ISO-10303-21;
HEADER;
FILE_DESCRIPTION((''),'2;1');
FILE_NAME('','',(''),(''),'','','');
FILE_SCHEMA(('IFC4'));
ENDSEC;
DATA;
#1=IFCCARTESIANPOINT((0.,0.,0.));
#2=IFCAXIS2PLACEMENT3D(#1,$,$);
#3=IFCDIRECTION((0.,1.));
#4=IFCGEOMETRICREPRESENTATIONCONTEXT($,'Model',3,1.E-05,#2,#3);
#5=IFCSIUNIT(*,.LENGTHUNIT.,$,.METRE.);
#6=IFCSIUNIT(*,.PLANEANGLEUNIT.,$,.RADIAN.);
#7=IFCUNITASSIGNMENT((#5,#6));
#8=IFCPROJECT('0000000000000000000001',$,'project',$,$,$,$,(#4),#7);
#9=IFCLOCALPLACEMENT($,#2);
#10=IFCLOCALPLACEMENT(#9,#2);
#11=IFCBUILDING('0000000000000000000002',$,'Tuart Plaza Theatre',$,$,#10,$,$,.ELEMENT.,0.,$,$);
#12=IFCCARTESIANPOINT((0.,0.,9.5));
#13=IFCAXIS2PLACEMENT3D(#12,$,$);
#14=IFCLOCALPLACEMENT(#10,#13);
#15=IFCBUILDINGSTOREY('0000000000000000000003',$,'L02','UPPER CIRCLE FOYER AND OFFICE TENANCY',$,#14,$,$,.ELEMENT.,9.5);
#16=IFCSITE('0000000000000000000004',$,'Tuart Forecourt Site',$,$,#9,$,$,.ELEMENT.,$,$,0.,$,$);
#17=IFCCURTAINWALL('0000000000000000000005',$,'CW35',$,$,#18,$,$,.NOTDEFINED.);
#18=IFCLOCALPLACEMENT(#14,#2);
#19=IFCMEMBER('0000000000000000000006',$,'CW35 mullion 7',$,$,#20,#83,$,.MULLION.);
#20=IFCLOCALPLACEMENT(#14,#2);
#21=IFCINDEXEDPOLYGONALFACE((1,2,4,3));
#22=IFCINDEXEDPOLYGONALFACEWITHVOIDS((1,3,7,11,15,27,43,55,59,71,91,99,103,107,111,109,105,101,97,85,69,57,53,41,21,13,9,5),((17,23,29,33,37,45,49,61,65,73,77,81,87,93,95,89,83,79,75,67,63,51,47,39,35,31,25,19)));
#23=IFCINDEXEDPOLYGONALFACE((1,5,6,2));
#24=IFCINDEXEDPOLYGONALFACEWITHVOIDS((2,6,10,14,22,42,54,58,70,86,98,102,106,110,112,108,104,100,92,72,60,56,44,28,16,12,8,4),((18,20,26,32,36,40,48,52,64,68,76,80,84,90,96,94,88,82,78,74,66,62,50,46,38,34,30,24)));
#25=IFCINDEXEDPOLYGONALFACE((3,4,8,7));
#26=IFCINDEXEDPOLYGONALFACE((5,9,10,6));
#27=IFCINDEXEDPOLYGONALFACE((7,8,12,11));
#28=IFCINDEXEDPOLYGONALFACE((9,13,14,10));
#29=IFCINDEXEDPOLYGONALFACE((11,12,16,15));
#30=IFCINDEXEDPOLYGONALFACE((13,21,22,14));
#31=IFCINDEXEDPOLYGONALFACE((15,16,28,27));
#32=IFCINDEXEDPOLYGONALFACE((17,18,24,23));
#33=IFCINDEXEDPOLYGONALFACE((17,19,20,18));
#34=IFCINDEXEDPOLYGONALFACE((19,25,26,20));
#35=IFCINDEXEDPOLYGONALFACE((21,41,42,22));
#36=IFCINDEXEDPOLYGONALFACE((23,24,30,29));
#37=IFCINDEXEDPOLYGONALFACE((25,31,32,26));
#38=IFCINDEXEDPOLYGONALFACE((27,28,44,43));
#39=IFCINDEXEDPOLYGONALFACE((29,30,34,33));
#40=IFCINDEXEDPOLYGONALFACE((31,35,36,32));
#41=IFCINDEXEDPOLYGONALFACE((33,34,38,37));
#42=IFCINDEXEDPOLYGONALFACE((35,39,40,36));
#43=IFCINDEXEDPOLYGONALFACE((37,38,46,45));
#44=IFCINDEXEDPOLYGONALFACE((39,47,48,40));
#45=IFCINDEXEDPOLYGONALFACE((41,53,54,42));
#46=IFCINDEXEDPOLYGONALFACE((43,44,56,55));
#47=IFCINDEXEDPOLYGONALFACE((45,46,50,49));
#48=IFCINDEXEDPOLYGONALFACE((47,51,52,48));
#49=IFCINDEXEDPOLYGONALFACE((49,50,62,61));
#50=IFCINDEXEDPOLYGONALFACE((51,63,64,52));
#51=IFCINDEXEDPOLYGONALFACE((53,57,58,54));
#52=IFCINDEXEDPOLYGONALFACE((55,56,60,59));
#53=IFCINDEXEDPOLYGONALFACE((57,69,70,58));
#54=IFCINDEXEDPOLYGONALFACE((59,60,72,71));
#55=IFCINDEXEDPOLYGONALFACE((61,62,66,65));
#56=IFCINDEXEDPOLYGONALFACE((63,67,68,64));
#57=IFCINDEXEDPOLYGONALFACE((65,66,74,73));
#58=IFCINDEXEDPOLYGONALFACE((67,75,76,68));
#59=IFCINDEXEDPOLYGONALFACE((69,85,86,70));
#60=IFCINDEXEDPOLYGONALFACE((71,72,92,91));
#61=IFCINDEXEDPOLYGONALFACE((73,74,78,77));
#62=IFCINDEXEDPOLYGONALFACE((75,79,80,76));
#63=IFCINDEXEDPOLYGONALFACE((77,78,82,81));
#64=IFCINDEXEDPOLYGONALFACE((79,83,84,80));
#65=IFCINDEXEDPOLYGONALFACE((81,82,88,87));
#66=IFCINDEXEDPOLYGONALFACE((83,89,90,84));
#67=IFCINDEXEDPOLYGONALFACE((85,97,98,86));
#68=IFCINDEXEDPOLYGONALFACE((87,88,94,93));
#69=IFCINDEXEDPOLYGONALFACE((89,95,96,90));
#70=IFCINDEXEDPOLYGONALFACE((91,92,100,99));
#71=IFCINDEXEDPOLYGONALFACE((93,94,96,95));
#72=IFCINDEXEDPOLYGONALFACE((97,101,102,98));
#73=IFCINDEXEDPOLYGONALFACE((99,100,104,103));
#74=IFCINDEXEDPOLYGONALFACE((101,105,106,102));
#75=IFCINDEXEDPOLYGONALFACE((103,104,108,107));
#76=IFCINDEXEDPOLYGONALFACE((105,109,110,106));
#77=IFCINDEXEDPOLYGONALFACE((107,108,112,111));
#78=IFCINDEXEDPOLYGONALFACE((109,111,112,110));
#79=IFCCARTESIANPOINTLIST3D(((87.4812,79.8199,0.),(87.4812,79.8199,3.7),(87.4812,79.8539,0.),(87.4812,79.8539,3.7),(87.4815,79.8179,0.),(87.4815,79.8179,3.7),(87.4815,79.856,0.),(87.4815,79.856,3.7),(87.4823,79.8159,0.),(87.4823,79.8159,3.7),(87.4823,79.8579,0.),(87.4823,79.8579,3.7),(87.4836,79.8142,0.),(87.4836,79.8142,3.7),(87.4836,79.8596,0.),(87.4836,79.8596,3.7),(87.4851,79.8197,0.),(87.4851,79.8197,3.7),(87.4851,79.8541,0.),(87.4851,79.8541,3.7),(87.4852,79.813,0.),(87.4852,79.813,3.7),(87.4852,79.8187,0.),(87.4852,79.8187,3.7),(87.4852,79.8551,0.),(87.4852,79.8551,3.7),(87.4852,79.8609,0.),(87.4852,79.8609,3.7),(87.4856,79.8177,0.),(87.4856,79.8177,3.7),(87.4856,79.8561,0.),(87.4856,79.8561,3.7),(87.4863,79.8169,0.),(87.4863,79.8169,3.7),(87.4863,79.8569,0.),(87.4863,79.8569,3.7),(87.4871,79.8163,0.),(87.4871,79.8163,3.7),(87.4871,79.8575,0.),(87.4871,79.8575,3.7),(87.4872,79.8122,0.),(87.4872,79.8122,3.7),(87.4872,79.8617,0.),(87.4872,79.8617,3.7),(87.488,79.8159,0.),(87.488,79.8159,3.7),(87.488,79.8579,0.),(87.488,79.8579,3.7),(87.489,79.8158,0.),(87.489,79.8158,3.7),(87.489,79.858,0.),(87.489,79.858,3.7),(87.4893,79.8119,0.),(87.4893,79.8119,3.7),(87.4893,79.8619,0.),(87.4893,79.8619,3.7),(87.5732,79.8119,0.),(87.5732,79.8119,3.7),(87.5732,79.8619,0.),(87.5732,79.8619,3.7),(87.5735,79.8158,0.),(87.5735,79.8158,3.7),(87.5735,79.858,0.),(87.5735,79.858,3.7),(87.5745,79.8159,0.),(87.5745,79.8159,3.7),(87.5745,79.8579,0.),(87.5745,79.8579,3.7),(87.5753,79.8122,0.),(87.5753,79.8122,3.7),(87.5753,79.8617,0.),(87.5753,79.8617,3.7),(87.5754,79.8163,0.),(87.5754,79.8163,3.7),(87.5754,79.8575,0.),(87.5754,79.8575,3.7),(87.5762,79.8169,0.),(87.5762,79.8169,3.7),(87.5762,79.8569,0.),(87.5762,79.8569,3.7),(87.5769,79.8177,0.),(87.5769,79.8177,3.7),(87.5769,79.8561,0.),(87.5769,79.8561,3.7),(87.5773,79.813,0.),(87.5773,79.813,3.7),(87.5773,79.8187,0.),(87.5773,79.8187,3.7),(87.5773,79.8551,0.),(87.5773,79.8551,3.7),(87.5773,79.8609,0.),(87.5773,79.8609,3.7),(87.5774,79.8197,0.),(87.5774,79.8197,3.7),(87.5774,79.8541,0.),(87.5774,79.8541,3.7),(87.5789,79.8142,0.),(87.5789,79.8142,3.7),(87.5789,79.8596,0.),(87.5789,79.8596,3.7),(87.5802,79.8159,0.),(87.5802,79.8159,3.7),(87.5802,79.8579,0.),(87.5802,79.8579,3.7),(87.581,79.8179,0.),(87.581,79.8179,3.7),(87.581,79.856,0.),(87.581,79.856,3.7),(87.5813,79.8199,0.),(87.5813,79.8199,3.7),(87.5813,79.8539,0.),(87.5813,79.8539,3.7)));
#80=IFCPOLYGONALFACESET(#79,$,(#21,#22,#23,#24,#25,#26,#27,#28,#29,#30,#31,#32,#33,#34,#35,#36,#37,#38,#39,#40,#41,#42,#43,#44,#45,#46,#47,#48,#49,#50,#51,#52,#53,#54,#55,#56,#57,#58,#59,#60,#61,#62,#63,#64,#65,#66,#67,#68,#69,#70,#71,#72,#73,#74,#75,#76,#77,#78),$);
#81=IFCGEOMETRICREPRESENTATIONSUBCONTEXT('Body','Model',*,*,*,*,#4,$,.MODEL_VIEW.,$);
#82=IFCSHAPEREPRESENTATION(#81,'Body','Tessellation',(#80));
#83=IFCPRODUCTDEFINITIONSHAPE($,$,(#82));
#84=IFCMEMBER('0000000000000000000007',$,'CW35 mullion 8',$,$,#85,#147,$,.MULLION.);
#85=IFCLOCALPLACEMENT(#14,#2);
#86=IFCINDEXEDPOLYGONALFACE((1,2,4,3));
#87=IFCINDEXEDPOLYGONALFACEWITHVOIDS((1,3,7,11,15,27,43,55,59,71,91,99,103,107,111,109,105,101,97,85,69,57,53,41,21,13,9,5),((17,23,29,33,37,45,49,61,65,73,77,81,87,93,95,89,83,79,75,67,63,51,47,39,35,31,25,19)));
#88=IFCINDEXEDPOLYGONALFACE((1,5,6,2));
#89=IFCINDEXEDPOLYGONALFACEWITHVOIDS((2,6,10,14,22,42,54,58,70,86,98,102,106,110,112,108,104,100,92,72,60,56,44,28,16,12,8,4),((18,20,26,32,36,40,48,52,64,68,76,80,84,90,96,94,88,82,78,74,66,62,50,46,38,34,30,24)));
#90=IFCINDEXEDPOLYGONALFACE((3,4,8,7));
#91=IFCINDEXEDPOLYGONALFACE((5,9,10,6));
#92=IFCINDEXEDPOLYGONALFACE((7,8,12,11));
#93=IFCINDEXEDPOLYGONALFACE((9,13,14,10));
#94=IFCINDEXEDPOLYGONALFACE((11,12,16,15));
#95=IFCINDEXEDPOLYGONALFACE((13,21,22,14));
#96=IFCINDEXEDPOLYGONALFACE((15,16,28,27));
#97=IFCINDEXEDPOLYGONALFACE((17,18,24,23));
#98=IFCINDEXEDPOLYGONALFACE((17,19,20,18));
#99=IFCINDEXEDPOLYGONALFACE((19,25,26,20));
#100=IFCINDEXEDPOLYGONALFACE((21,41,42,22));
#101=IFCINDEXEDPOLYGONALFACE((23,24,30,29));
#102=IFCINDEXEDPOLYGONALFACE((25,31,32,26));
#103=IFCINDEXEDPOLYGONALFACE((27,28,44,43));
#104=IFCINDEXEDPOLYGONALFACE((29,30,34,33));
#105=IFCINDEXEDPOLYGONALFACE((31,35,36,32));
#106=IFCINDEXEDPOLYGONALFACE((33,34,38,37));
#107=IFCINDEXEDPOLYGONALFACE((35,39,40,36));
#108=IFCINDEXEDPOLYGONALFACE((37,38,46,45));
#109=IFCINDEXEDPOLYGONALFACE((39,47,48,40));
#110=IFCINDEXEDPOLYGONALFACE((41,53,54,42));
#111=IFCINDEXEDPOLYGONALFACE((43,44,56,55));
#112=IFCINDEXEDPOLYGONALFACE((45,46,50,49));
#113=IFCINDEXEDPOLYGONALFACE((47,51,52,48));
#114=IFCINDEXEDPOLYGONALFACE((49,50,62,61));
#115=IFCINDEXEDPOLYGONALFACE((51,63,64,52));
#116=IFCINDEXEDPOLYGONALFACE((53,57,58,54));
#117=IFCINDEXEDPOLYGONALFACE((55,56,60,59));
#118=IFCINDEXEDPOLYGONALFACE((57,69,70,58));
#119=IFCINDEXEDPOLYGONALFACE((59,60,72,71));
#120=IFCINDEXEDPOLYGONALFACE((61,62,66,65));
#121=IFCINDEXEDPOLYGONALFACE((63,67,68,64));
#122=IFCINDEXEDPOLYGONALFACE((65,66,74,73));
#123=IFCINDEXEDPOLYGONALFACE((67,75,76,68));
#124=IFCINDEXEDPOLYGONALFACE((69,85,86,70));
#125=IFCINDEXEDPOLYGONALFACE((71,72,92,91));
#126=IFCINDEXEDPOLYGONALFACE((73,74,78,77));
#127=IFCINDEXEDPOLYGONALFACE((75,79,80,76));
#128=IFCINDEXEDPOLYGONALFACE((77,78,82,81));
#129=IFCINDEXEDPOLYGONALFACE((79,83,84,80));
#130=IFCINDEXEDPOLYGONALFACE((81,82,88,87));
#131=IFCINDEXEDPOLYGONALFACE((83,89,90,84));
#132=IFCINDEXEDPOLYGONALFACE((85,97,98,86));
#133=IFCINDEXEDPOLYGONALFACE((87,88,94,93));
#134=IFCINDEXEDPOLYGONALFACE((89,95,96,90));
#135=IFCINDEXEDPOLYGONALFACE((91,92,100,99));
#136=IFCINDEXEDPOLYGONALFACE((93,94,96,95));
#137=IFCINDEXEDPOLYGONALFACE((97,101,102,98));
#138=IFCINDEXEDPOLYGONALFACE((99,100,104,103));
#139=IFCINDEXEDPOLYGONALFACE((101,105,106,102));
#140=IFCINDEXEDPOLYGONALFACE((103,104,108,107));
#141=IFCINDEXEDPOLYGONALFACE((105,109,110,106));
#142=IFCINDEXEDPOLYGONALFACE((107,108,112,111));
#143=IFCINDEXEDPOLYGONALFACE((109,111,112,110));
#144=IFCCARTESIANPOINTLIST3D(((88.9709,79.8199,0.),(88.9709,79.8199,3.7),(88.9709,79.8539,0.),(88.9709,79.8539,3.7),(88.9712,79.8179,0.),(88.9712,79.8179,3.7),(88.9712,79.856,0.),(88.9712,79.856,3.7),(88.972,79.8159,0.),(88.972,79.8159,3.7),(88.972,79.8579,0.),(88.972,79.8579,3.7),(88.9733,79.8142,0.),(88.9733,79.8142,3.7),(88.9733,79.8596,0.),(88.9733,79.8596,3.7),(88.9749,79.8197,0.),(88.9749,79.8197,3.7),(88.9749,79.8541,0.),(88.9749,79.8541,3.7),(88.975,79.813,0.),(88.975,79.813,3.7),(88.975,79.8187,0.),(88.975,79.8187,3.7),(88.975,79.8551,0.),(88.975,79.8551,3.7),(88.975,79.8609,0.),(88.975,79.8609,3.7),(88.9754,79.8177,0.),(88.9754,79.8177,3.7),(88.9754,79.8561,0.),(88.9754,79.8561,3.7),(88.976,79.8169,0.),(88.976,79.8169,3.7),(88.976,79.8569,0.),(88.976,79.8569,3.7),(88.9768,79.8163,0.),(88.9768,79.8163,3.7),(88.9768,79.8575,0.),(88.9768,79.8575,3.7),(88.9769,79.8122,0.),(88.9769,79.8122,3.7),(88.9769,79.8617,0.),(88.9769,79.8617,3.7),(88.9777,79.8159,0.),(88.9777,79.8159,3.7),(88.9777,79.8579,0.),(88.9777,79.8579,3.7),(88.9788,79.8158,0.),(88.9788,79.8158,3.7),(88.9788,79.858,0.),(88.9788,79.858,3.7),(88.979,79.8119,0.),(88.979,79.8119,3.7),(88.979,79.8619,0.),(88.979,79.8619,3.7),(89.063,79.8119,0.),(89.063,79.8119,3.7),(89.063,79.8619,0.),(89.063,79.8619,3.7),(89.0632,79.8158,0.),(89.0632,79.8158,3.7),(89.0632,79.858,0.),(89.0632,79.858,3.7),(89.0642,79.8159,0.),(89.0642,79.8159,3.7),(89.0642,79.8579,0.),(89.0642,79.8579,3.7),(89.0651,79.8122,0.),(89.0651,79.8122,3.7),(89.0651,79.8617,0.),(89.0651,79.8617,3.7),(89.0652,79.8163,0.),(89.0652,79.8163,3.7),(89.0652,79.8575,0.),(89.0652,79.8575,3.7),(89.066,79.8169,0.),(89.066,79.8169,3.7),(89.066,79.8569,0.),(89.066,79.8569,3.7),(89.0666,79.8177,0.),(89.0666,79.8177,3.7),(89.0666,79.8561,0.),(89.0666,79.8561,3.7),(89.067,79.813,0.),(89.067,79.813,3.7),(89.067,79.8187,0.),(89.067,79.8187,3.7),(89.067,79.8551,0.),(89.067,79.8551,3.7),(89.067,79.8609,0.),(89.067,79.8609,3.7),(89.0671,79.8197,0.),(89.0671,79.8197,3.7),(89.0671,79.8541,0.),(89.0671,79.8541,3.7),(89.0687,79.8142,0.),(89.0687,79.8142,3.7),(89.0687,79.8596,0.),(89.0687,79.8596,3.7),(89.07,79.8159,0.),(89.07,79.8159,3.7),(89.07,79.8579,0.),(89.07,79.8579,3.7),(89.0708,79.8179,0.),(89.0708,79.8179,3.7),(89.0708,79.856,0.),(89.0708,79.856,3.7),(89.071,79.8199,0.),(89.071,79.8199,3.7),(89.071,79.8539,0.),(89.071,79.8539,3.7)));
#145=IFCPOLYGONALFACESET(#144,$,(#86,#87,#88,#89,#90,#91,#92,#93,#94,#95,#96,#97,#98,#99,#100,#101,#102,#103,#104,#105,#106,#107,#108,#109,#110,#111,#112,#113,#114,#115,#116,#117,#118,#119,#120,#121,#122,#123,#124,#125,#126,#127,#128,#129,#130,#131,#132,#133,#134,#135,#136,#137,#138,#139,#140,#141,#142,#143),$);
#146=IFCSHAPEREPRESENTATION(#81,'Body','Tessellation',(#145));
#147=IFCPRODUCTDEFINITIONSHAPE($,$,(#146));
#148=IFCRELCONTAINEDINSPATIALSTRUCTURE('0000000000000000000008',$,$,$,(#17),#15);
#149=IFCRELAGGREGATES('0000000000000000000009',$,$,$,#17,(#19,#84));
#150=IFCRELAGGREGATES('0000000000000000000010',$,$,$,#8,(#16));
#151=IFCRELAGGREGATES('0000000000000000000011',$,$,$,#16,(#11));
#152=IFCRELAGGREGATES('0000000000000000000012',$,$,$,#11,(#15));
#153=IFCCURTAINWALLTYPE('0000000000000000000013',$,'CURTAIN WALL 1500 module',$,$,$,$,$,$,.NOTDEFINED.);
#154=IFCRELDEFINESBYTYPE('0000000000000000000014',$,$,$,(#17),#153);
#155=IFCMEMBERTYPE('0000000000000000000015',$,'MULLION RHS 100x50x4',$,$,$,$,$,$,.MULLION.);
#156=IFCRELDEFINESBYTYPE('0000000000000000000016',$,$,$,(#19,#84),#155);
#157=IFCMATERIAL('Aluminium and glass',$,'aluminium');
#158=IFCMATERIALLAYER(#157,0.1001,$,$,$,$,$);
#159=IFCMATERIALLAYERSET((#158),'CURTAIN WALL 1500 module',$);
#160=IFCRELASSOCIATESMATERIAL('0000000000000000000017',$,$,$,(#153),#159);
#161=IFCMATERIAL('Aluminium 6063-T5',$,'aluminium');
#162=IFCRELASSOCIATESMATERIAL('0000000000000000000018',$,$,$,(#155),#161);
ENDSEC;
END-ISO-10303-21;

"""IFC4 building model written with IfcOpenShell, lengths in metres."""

from ifc_helpers import new_model, si_unit, direction, frame, origin, origin_2d, place, context, subcontext, project, spatial, hollow_rectangle, extrude, material, layer, layer_set, material_profile, profile_set, type_object, element, aggregate, save


model = new_model("IFC4")

# Units and contexts
model_context = context("Model", 3, precision=1e-05, world=origin(), true_north=direction((0.0, 1.0)))
body_context = subcontext(model_context, "Body", "Model", "MODEL_VIEW")
ifc_project = project(units=[si_unit("LENGTHUNIT", "METRE"), si_unit("PLANEANGLEUNIT", "RADIAN")], contexts=[model_context])

# Site, building, storey
site_placement = place(None, origin())
site = spatial("IfcSite", under=ifc_project, at=site_placement, Name="Tuart Forecourt Site", CompositionType="ELEMENT", RefElevation=0.0)
building_placement = place(site_placement, origin())
building = spatial("IfcBuilding", under=site, at=building_placement, Name="Tuart Plaza Theatre", CompositionType="ELEMENT", ElevationOfRefHeight=0.0)
storey_placement = place(building_placement, frame((0.0, 0.0, 9.5)))
storey = spatial("IfcBuildingStorey", under=building, at=storey_placement, Name="L02", Description="UPPER CIRCLE FOYER AND OFFICE TENANCY", CompositionType="ELEMENT", Elevation=9.5)

# Curtain wall, members
ifc_material_1 = material(Name="Aluminium and glass", Category="aluminium")
ifc_layer_1 = layer(ifc_material_1, 0.1001)
ifc_layer_set_1 = layer_set([ifc_layer_1], Name="CURTAIN WALL 1500 module")
curtain_wall_type = type_object("IfcCurtainWallType", Name="CURTAIN WALL 1500 module", PredefinedType="NOTDEFINED", material=ifc_layer_set_1)
curtain_wall_placement = place(storey_placement, origin())
curtain_wall = element("IfcCurtainWall", 1, at=curtain_wall_placement, inside=storey, type_object=curtain_wall_type, Name="CW35", PredefinedType="NOTDEFINED")
ifc_material_2 = material(Name="Aluminium 6063-T5", Category="aluminium")
ifc_material_profile_1 = material_profile(ifc_material_2, hollow_rectangle(XDim=0.05, YDim=0.1001, WallThickness=0.0039, InnerFilletRadius=0.0039, OuterFilletRadius=0.0081, at=origin_2d()), Name="RHS 100x50x4")
ifc_profile_set_1 = profile_set([ifc_material_profile_1], Name="Aluminium 6063-T5")
member_type_1 = type_object("IfcMemberType", Name="MULLION RHS 100x50x4", PredefinedType="MULLION", material=ifc_profile_set_1)
member_1_placement = place(storey_placement, frame((87.5312, 79.8369, 0.0), z_axis=(0.0, 0.0, 1.0), x_axis=(0.0, 1.0, 0.0)))
member_1 = element("IfcMember", 2, at=member_1_placement, type_object=member_type_1, Name="CW35 mullion 7", PredefinedType="MULLION", context=body_context, shape_type="SweptSolid", body=[
    extrude(hollow_rectangle(XDim=0.05, YDim=0.1001, WallThickness=0.0039, InnerFilletRadius=0.0039, OuterFilletRadius=0.0081, at=origin_2d()), origin(), (0.0, 0.0, 1.0), 3.7),
])
member_2_placement = place(storey_placement, frame((89.021, 79.8369, 0.0), z_axis=(0.0, 0.0, 1.0), x_axis=(0.0, 1.0, 0.0)))
member_2 = element("IfcMember", 3, at=member_2_placement, type_object=member_type_1, Name="CW35 mullion 8", PredefinedType="MULLION", context=body_context, shape_type="SweptSolid", body=[
    extrude(hollow_rectangle(XDim=0.05, YDim=0.1001, WallThickness=0.0039, InnerFilletRadius=0.0039, OuterFilletRadius=0.0081, at=origin_2d()), origin(), (0.0, 0.0, 1.0), 3.7),
])
aggregate(curtain_wall, [member_1, member_2])

save(model, "model.ifc")
